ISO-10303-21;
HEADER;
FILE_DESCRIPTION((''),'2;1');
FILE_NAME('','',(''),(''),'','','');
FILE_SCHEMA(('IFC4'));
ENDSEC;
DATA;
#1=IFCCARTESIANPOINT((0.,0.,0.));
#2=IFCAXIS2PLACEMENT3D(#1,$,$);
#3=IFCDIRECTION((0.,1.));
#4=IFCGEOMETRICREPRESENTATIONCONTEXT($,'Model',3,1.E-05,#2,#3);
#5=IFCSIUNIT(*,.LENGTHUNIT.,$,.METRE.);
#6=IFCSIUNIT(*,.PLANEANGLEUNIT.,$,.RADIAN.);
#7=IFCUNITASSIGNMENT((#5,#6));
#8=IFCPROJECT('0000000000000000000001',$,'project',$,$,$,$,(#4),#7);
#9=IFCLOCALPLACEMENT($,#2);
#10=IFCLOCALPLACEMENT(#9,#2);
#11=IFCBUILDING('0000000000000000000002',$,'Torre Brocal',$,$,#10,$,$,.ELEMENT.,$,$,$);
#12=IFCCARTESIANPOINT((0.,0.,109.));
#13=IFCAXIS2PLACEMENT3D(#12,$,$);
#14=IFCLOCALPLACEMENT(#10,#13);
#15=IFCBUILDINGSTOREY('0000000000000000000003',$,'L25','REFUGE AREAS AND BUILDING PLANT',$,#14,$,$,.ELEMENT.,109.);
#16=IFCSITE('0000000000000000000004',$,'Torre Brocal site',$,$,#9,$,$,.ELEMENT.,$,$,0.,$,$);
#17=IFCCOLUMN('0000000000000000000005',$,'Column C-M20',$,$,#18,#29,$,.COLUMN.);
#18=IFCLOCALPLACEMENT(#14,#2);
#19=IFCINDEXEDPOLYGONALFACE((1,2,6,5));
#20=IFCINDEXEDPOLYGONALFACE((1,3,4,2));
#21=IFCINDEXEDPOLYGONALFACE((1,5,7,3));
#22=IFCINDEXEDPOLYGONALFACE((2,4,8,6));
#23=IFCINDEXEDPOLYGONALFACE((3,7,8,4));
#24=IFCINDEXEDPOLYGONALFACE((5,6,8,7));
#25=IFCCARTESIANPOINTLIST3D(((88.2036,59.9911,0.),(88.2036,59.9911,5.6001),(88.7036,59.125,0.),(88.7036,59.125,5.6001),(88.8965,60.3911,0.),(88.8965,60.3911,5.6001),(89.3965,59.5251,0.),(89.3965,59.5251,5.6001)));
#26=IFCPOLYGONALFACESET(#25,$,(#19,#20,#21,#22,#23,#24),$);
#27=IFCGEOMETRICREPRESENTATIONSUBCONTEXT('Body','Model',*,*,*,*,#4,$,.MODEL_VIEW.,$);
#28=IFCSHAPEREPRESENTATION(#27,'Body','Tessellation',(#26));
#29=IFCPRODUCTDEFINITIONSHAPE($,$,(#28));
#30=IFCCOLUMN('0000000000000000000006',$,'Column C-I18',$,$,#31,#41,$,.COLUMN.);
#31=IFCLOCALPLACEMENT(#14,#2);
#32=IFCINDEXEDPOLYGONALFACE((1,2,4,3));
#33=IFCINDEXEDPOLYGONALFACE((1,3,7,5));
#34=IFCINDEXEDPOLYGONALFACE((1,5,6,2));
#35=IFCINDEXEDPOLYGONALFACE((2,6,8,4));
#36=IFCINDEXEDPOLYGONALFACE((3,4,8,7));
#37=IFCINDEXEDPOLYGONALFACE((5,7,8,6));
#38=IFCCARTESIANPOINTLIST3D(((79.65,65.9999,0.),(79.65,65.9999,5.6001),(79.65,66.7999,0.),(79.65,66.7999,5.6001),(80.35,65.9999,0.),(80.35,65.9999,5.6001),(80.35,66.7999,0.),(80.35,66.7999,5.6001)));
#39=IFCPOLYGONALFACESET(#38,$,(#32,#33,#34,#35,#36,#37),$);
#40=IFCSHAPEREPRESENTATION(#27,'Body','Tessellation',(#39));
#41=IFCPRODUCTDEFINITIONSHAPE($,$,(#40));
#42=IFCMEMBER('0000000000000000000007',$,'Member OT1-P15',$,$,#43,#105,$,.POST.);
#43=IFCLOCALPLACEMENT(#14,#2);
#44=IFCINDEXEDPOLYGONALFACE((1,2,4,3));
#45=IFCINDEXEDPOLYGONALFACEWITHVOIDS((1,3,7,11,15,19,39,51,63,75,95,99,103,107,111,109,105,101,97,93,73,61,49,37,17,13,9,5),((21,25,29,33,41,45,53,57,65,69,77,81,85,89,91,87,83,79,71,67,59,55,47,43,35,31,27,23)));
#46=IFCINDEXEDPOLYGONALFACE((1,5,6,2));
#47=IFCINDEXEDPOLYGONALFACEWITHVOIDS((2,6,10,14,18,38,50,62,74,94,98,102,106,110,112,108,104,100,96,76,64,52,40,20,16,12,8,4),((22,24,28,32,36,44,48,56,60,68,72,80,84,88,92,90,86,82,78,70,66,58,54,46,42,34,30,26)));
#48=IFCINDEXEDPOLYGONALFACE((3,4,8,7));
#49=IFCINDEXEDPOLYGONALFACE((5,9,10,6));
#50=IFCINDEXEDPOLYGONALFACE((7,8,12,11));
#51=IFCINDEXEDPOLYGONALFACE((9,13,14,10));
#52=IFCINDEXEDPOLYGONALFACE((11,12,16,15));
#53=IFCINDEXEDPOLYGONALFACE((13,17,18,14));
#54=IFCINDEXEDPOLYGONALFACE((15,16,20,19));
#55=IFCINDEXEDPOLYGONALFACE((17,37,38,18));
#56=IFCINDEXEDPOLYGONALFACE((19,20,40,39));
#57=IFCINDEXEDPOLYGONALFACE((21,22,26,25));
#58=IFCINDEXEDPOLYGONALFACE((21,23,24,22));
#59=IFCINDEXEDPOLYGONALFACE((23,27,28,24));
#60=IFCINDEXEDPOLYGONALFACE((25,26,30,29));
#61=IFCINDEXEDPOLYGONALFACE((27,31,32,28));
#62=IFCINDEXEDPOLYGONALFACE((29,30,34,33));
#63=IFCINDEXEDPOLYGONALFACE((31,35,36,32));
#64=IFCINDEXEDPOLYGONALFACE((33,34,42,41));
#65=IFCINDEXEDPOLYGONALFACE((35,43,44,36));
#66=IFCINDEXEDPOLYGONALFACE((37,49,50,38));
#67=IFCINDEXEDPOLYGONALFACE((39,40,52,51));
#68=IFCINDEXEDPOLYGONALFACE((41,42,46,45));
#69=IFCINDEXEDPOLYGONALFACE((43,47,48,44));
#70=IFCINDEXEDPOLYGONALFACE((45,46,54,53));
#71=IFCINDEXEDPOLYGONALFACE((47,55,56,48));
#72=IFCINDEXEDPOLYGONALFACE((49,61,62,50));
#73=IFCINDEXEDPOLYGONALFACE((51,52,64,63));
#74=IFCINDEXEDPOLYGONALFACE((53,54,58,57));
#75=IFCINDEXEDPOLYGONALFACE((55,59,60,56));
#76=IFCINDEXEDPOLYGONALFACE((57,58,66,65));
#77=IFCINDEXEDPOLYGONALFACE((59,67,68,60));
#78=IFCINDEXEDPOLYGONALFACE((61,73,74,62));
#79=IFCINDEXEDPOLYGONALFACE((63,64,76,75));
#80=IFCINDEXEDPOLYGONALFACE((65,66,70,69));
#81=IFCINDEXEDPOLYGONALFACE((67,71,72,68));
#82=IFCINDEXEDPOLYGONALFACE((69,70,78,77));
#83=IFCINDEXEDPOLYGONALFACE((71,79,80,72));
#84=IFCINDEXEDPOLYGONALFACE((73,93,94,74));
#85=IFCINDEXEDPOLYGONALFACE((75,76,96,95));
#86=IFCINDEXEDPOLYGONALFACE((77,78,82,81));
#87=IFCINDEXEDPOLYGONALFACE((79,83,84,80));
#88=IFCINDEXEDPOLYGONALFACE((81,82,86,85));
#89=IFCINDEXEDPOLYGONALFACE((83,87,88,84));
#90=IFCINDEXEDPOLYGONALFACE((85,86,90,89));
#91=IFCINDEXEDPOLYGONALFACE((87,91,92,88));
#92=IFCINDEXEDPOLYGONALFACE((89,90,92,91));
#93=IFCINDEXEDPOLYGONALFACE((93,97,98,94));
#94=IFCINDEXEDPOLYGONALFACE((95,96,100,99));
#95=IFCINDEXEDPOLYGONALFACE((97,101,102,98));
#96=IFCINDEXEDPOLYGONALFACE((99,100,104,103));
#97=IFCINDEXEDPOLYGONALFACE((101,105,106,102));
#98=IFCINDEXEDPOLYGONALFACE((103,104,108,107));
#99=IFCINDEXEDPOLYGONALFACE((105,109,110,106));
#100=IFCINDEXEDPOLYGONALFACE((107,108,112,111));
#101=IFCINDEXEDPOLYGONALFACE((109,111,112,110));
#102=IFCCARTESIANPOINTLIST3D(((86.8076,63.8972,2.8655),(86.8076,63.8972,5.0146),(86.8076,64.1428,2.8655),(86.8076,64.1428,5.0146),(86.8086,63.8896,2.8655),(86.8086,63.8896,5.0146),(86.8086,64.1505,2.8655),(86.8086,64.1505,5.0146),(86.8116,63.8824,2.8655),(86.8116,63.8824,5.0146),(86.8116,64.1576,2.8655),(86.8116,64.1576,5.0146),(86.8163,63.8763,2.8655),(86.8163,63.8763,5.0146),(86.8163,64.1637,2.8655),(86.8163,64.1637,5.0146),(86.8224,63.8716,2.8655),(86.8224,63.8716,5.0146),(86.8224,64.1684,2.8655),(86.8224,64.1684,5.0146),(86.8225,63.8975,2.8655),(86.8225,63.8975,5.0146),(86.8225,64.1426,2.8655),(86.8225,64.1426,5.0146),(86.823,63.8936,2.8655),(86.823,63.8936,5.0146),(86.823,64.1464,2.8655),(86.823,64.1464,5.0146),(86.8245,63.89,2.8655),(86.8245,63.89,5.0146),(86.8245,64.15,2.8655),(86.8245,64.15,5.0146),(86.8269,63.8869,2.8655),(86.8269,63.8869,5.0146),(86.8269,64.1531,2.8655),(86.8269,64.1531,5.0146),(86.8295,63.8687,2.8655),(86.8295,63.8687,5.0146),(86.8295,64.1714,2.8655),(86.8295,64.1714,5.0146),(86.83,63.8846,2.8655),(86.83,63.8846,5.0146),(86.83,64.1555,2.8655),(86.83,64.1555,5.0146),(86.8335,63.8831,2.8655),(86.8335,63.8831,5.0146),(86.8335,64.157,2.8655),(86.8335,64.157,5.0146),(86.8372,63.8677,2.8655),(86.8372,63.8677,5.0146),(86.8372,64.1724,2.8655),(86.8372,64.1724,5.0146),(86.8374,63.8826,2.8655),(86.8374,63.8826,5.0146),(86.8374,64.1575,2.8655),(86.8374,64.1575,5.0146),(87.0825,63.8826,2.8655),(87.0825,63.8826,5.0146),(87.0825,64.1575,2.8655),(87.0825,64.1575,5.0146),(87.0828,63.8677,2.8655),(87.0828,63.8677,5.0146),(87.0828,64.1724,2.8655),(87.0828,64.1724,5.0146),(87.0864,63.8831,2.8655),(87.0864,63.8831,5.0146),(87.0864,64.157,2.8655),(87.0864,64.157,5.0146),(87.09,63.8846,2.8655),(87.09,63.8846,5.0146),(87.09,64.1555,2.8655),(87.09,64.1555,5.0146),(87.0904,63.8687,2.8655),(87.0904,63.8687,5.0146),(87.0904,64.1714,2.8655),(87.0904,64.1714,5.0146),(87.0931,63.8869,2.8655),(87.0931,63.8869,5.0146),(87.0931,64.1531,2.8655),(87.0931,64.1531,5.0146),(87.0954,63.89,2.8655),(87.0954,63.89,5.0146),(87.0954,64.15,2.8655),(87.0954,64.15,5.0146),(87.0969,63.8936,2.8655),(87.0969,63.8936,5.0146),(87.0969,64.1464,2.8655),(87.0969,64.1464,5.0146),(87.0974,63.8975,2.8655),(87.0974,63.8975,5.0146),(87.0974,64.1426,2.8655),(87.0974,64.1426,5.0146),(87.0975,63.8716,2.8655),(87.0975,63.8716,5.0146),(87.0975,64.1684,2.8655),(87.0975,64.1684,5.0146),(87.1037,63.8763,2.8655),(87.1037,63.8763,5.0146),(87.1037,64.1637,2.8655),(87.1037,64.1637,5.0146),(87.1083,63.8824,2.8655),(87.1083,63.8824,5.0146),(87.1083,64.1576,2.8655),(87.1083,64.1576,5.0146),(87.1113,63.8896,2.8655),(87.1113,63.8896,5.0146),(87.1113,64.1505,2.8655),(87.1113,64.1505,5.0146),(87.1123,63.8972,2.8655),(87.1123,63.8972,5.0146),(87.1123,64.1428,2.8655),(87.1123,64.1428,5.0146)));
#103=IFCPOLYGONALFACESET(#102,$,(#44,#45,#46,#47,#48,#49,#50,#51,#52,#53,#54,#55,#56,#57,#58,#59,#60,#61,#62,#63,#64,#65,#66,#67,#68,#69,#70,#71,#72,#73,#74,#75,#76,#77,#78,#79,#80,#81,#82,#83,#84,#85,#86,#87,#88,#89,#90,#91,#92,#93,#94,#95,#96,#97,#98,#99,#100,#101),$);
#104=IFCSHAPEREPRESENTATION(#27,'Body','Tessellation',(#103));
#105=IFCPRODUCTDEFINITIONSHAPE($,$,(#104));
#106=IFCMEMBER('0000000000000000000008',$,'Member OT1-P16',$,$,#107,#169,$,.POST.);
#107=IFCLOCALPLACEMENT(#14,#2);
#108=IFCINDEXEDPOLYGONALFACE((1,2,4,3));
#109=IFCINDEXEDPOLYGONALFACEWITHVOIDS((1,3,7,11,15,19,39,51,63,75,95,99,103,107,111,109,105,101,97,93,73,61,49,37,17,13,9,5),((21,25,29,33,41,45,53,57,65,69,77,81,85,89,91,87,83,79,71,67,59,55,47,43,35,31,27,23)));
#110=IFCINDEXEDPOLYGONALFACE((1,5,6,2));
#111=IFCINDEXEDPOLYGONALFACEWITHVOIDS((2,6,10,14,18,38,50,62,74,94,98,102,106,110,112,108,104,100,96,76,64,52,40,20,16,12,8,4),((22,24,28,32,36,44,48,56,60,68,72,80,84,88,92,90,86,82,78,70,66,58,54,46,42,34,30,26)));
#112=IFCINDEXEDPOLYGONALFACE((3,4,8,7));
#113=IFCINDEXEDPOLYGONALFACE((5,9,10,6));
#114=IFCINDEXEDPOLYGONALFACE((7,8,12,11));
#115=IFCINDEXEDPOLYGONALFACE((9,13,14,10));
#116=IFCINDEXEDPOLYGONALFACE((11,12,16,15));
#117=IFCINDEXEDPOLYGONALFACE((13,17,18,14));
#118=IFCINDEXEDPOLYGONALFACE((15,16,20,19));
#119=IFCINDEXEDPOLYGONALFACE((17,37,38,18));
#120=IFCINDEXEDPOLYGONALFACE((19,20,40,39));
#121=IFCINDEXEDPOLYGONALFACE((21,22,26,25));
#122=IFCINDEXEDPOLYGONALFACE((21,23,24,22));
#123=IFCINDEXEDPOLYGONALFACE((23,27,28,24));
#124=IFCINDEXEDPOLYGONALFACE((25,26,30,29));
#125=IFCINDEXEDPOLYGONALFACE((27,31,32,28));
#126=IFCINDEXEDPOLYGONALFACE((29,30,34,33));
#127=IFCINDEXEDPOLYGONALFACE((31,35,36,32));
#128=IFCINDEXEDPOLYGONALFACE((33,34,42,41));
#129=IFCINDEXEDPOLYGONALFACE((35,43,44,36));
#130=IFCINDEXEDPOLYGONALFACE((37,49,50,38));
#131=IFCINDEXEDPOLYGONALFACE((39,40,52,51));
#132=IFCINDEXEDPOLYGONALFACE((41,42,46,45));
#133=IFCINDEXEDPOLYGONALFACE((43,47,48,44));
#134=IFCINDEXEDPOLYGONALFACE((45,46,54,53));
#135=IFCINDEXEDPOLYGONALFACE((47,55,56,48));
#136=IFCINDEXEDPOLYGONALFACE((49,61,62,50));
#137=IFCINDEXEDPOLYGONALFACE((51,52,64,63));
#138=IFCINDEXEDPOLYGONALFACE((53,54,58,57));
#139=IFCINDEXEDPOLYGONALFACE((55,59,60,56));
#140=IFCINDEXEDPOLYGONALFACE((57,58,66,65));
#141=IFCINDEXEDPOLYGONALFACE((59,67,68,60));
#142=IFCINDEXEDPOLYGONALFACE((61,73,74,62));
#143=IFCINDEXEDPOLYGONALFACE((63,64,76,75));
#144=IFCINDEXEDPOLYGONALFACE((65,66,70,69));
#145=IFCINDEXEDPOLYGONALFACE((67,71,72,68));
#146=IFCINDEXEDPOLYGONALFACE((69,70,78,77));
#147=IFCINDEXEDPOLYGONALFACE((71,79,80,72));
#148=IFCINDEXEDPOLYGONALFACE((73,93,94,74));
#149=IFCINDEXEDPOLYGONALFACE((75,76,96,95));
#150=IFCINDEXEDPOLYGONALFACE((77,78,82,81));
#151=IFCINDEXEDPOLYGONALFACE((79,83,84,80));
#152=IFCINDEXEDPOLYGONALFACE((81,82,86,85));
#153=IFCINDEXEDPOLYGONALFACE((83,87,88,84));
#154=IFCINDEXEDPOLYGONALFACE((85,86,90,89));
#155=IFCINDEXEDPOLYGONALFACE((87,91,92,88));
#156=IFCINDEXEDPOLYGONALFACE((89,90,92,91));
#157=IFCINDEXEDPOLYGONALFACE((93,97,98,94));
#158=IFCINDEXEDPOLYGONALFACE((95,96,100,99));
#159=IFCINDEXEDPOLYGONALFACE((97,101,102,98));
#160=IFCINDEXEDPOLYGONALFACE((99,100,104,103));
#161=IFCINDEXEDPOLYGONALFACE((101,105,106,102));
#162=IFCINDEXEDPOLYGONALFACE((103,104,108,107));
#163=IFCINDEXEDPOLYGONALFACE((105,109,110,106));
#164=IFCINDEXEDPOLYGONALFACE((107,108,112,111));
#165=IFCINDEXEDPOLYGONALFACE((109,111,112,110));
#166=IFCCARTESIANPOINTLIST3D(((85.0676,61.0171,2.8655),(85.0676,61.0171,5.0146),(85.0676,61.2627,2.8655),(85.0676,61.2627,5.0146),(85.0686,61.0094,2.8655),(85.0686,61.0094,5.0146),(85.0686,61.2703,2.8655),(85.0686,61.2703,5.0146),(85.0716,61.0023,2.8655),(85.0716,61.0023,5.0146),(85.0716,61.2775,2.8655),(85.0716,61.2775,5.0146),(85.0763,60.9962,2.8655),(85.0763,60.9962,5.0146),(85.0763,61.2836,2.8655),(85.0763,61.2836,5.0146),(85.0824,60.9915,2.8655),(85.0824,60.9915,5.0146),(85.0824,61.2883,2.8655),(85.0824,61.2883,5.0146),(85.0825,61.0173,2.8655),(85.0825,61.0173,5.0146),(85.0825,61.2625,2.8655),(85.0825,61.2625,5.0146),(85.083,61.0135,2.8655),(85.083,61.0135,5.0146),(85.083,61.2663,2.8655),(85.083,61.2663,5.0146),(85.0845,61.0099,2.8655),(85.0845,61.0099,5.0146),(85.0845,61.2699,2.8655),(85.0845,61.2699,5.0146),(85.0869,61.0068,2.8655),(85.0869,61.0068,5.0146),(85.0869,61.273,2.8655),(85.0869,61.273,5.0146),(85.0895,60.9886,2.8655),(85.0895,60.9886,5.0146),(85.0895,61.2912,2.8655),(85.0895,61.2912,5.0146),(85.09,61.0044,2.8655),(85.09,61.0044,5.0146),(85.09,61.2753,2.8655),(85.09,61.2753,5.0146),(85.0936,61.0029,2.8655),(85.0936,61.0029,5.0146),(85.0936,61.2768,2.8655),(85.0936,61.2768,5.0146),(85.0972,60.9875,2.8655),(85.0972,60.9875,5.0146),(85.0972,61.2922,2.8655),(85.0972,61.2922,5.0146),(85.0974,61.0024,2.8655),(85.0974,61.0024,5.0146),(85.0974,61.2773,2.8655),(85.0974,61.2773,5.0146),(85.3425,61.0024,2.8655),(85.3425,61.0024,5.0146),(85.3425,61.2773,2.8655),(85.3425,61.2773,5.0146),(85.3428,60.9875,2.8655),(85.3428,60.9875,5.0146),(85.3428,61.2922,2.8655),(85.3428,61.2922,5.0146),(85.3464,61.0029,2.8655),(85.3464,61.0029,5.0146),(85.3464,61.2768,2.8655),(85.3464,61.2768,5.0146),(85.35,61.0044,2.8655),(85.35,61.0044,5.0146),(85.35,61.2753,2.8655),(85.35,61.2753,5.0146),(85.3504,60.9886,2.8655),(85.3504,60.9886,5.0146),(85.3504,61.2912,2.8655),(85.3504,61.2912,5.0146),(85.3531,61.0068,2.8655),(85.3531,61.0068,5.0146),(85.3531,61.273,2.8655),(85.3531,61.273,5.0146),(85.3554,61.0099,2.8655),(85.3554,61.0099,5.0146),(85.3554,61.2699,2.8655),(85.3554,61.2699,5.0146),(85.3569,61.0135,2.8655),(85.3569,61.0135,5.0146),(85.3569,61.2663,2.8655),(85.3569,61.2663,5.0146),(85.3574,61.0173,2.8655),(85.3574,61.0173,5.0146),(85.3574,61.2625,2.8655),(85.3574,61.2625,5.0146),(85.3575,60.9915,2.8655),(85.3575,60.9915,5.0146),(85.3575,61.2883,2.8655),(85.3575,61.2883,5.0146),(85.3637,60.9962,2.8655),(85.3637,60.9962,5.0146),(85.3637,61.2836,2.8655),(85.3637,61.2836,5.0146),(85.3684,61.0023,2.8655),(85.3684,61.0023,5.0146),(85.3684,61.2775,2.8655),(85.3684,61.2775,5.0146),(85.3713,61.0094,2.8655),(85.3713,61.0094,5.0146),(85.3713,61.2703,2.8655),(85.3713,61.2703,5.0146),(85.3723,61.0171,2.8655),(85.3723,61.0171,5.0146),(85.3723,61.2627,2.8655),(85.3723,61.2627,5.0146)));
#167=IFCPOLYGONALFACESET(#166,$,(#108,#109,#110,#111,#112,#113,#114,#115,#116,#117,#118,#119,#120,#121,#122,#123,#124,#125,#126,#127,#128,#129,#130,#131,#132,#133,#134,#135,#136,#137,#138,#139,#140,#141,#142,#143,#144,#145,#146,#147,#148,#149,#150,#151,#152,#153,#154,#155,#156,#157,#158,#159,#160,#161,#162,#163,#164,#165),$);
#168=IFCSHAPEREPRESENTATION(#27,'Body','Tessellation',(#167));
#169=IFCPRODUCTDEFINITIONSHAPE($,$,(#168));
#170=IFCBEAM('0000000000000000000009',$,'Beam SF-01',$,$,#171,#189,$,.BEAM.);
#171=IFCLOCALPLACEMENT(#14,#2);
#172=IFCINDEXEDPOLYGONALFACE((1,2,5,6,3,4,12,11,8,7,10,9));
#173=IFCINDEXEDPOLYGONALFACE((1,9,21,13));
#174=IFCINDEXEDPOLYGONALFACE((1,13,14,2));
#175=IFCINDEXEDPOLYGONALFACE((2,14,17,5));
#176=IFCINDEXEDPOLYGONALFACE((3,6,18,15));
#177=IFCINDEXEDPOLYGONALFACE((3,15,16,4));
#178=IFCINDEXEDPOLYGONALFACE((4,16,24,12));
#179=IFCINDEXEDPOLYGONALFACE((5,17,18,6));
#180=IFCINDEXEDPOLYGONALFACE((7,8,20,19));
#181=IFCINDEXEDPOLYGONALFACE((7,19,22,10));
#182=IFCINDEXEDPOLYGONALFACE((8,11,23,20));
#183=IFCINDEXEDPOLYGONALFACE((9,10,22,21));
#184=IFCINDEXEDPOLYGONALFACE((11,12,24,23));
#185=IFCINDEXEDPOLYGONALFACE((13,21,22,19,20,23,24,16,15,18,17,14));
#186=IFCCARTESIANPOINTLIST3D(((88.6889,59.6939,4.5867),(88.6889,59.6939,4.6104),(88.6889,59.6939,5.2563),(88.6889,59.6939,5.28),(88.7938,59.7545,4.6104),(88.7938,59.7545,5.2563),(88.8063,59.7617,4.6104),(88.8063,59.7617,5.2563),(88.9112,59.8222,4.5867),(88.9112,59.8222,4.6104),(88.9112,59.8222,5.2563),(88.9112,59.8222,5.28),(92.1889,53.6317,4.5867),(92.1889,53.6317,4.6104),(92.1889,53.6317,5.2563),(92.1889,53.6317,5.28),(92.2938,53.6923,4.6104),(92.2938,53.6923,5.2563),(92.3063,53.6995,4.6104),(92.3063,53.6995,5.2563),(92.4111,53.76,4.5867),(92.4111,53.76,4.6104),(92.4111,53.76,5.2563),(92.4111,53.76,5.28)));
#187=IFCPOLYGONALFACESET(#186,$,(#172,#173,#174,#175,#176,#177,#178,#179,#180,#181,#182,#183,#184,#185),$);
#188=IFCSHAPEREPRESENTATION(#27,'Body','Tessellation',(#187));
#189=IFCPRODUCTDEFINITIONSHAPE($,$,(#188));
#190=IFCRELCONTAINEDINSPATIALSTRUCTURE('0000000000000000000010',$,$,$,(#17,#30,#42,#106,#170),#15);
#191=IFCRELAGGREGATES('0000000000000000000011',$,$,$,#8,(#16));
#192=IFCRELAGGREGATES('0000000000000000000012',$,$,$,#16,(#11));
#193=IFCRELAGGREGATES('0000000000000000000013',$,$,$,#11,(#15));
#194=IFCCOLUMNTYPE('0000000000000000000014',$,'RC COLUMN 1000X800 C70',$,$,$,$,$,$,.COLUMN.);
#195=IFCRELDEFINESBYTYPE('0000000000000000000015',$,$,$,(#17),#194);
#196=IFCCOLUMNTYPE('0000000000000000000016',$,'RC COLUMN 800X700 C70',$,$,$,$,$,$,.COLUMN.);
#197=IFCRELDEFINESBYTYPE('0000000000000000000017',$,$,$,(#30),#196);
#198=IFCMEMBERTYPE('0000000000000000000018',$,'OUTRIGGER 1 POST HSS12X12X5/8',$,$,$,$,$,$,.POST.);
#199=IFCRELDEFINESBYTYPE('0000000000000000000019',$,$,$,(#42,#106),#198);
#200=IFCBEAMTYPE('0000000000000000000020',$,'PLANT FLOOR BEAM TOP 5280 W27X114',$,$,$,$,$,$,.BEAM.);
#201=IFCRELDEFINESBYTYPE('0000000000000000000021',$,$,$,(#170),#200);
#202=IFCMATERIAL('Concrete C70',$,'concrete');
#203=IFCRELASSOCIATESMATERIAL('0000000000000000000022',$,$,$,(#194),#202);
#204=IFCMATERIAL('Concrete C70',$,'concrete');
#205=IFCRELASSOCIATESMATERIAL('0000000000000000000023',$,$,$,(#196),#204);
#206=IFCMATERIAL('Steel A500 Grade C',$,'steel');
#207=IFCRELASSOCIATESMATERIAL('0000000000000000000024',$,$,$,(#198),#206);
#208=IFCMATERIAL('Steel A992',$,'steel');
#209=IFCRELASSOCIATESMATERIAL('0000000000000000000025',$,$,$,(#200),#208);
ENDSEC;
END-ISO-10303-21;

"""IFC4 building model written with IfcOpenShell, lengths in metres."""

from ifc_helpers import new_model, si_unit, direction, frame, origin, origin_2d, place, context, subcontext, project, spatial, rectangle, hollow_rectangle, i_section, extrude, material, material_profile, profile_set, type_object, element, save


model = new_model("IFC4")

# Units and contexts
model_context = context("Model", 3, precision=1e-05, world=origin(), true_north=direction((0.0, 1.0)))
body_context = subcontext(model_context, "Body", "Model", "MODEL_VIEW")
ifc_project = project(units=[si_unit("LENGTHUNIT", "METRE"), si_unit("PLANEANGLEUNIT", "RADIAN")], contexts=[model_context])

# Site, building, storey
site_placement = place(None, origin())
site = spatial("IfcSite", under=ifc_project, at=site_placement, Name="Torre Brocal site", CompositionType="ELEMENT", RefElevation=0.0)
building_placement = place(site_placement, origin())
building = spatial("IfcBuilding", under=site, at=building_placement, Name="Torre Brocal", CompositionType="ELEMENT")
storey_placement = place(building_placement, frame((0.0, 0.0, 109.0)))
storey = spatial("IfcBuildingStorey", under=building, at=storey_placement, Name="L25", Description="REFUGE AREAS AND BUILDING PLANT", CompositionType="ELEMENT", Elevation=109.0)

# Columns
ifc_material_1 = material(Name="Concrete C70", Category="concrete")
ifc_material_profile_1 = material_profile(ifc_material_1, rectangle(XDim=1.0, YDim=0.8, at=origin_2d()), Name="RC 1000X800")
ifc_profile_set_1 = profile_set([ifc_material_profile_1], Name="Concrete C70")
column_type_1 = type_object("IfcColumnType", Name="RC COLUMN 1000X800 C70", PredefinedType="COLUMN", material=ifc_profile_set_1)
column_1_placement = place(storey_placement, frame((88.8, 59.7581, 0.0), z_axis=(0.0, 0.0, 1.0), x_axis=(0.5, -0.866025, 0.0)))
element("IfcColumn", 1, at=column_1_placement, inside=storey, type_object=column_type_1, Name="Column C-M20", PredefinedType="COLUMN", context=body_context, shape_type="SweptSolid", body=[
    extrude(rectangle(XDim=1.0, YDim=0.8, at=origin_2d()), origin(), (0.0, 0.0, 1.0), 5.6001),
])
ifc_material_2 = material(Name="Concrete C70", Category="concrete")
ifc_material_profile_2 = material_profile(ifc_material_2, rectangle(XDim=0.8, YDim=0.7, at=origin_2d()), Name="RC 800X700")
ifc_profile_set_2 = profile_set([ifc_material_profile_2], Name="Concrete C70")
column_type_2 = type_object("IfcColumnType", Name="RC COLUMN 800X700 C70", PredefinedType="COLUMN", material=ifc_profile_set_2)
column_2_placement = place(storey_placement, frame((80.0, 66.3999, 0.0), z_axis=(0.0, 0.0, 1.0), x_axis=(0.0, -1.0, 0.0)))
element("IfcColumn", 2, at=column_2_placement, inside=storey, type_object=column_type_2, Name="Column C-I18", PredefinedType="COLUMN", context=body_context, shape_type="SweptSolid", body=[
    extrude(rectangle(XDim=0.8, YDim=0.7, at=origin_2d()), origin(), (0.0, 0.0, 1.0), 5.6001),
])

# Members
ifc_material_3 = material(Name="Steel A500 Grade C", Category="steel")
ifc_material_profile_3 = material_profile(ifc_material_3, hollow_rectangle(XDim=0.3047, YDim=0.3047, WallThickness=0.0149, InnerFilletRadius=0.0149, OuterFilletRadius=0.0295, at=origin_2d()), Name="HSS12X12X5/8")
ifc_profile_set_3 = profile_set([ifc_material_profile_3], Name="Steel A500 Grade C")
member_type_1 = type_object("IfcMemberType", Name="OUTRIGGER 1 POST HSS12X12X5/8", PredefinedType="POST", material=ifc_profile_set_3)
for number, where, z_axis, x_axis, name in (
    (3, (86.96, 64.02, 2.8655), (0.0, 0.0, 1.0), (1.0, 0.0, 0.0), "Member OT1-P15"),
    (4, (85.22, 61.1399, 2.8655), (0.0, 0.0, 1.0), (1.0, 0.0, 0.0), "Member OT1-P16"),
):
    element("IfcMember", number, at=place(storey_placement, frame(where, z_axis=z_axis, x_axis=x_axis)), inside=storey, type_object=member_type_1, Name=name, PredefinedType="POST", context=body_context, shape_type="SweptSolid", body=[
        extrude(hollow_rectangle(XDim=0.3047, YDim=0.3047, WallThickness=0.0149, InnerFilletRadius=0.0149, OuterFilletRadius=0.0295, at=origin_2d()), origin(), (0.0, 0.0, 1.0), 2.1492),
    ])

# Beam
ifc_material_4 = material(Name="Steel A992", Category="steel")
ifc_material_profile_4 = material_profile(ifc_material_4, i_section(OverallWidth=0.2566, OverallDepth=0.6934, WebThickness=0.0144, FlangeThickness=0.0237, at=origin_2d()), Name="W27X114")
ifc_profile_set_4 = profile_set([ifc_material_profile_4], Name="Steel A992")
beam_type_1 = type_object("IfcBeamType", Name="PLANT FLOOR BEAM TOP 5280 W27X114", PredefinedType="BEAM", material=ifc_profile_set_4)
beam_1_placement = place(storey_placement, frame((88.8, 59.7581, 4.9333), z_axis=(0.499995, -0.866028, 0.0), x_axis=(0.866028, 0.499995, 0.0)))
element("IfcBeam", 5, at=beam_1_placement, inside=storey, type_object=beam_type_1, Name="Beam SF-01", PredefinedType="BEAM", context=body_context, shape_type="SweptSolid", body=[
    extrude(i_section(OverallWidth=0.2566, OverallDepth=0.6934, WebThickness=0.0144, FlangeThickness=0.0237, at=origin_2d()), origin(), (0.0, 0.0, 1.0), 7.0),
])

save(model, "model.ifc")
